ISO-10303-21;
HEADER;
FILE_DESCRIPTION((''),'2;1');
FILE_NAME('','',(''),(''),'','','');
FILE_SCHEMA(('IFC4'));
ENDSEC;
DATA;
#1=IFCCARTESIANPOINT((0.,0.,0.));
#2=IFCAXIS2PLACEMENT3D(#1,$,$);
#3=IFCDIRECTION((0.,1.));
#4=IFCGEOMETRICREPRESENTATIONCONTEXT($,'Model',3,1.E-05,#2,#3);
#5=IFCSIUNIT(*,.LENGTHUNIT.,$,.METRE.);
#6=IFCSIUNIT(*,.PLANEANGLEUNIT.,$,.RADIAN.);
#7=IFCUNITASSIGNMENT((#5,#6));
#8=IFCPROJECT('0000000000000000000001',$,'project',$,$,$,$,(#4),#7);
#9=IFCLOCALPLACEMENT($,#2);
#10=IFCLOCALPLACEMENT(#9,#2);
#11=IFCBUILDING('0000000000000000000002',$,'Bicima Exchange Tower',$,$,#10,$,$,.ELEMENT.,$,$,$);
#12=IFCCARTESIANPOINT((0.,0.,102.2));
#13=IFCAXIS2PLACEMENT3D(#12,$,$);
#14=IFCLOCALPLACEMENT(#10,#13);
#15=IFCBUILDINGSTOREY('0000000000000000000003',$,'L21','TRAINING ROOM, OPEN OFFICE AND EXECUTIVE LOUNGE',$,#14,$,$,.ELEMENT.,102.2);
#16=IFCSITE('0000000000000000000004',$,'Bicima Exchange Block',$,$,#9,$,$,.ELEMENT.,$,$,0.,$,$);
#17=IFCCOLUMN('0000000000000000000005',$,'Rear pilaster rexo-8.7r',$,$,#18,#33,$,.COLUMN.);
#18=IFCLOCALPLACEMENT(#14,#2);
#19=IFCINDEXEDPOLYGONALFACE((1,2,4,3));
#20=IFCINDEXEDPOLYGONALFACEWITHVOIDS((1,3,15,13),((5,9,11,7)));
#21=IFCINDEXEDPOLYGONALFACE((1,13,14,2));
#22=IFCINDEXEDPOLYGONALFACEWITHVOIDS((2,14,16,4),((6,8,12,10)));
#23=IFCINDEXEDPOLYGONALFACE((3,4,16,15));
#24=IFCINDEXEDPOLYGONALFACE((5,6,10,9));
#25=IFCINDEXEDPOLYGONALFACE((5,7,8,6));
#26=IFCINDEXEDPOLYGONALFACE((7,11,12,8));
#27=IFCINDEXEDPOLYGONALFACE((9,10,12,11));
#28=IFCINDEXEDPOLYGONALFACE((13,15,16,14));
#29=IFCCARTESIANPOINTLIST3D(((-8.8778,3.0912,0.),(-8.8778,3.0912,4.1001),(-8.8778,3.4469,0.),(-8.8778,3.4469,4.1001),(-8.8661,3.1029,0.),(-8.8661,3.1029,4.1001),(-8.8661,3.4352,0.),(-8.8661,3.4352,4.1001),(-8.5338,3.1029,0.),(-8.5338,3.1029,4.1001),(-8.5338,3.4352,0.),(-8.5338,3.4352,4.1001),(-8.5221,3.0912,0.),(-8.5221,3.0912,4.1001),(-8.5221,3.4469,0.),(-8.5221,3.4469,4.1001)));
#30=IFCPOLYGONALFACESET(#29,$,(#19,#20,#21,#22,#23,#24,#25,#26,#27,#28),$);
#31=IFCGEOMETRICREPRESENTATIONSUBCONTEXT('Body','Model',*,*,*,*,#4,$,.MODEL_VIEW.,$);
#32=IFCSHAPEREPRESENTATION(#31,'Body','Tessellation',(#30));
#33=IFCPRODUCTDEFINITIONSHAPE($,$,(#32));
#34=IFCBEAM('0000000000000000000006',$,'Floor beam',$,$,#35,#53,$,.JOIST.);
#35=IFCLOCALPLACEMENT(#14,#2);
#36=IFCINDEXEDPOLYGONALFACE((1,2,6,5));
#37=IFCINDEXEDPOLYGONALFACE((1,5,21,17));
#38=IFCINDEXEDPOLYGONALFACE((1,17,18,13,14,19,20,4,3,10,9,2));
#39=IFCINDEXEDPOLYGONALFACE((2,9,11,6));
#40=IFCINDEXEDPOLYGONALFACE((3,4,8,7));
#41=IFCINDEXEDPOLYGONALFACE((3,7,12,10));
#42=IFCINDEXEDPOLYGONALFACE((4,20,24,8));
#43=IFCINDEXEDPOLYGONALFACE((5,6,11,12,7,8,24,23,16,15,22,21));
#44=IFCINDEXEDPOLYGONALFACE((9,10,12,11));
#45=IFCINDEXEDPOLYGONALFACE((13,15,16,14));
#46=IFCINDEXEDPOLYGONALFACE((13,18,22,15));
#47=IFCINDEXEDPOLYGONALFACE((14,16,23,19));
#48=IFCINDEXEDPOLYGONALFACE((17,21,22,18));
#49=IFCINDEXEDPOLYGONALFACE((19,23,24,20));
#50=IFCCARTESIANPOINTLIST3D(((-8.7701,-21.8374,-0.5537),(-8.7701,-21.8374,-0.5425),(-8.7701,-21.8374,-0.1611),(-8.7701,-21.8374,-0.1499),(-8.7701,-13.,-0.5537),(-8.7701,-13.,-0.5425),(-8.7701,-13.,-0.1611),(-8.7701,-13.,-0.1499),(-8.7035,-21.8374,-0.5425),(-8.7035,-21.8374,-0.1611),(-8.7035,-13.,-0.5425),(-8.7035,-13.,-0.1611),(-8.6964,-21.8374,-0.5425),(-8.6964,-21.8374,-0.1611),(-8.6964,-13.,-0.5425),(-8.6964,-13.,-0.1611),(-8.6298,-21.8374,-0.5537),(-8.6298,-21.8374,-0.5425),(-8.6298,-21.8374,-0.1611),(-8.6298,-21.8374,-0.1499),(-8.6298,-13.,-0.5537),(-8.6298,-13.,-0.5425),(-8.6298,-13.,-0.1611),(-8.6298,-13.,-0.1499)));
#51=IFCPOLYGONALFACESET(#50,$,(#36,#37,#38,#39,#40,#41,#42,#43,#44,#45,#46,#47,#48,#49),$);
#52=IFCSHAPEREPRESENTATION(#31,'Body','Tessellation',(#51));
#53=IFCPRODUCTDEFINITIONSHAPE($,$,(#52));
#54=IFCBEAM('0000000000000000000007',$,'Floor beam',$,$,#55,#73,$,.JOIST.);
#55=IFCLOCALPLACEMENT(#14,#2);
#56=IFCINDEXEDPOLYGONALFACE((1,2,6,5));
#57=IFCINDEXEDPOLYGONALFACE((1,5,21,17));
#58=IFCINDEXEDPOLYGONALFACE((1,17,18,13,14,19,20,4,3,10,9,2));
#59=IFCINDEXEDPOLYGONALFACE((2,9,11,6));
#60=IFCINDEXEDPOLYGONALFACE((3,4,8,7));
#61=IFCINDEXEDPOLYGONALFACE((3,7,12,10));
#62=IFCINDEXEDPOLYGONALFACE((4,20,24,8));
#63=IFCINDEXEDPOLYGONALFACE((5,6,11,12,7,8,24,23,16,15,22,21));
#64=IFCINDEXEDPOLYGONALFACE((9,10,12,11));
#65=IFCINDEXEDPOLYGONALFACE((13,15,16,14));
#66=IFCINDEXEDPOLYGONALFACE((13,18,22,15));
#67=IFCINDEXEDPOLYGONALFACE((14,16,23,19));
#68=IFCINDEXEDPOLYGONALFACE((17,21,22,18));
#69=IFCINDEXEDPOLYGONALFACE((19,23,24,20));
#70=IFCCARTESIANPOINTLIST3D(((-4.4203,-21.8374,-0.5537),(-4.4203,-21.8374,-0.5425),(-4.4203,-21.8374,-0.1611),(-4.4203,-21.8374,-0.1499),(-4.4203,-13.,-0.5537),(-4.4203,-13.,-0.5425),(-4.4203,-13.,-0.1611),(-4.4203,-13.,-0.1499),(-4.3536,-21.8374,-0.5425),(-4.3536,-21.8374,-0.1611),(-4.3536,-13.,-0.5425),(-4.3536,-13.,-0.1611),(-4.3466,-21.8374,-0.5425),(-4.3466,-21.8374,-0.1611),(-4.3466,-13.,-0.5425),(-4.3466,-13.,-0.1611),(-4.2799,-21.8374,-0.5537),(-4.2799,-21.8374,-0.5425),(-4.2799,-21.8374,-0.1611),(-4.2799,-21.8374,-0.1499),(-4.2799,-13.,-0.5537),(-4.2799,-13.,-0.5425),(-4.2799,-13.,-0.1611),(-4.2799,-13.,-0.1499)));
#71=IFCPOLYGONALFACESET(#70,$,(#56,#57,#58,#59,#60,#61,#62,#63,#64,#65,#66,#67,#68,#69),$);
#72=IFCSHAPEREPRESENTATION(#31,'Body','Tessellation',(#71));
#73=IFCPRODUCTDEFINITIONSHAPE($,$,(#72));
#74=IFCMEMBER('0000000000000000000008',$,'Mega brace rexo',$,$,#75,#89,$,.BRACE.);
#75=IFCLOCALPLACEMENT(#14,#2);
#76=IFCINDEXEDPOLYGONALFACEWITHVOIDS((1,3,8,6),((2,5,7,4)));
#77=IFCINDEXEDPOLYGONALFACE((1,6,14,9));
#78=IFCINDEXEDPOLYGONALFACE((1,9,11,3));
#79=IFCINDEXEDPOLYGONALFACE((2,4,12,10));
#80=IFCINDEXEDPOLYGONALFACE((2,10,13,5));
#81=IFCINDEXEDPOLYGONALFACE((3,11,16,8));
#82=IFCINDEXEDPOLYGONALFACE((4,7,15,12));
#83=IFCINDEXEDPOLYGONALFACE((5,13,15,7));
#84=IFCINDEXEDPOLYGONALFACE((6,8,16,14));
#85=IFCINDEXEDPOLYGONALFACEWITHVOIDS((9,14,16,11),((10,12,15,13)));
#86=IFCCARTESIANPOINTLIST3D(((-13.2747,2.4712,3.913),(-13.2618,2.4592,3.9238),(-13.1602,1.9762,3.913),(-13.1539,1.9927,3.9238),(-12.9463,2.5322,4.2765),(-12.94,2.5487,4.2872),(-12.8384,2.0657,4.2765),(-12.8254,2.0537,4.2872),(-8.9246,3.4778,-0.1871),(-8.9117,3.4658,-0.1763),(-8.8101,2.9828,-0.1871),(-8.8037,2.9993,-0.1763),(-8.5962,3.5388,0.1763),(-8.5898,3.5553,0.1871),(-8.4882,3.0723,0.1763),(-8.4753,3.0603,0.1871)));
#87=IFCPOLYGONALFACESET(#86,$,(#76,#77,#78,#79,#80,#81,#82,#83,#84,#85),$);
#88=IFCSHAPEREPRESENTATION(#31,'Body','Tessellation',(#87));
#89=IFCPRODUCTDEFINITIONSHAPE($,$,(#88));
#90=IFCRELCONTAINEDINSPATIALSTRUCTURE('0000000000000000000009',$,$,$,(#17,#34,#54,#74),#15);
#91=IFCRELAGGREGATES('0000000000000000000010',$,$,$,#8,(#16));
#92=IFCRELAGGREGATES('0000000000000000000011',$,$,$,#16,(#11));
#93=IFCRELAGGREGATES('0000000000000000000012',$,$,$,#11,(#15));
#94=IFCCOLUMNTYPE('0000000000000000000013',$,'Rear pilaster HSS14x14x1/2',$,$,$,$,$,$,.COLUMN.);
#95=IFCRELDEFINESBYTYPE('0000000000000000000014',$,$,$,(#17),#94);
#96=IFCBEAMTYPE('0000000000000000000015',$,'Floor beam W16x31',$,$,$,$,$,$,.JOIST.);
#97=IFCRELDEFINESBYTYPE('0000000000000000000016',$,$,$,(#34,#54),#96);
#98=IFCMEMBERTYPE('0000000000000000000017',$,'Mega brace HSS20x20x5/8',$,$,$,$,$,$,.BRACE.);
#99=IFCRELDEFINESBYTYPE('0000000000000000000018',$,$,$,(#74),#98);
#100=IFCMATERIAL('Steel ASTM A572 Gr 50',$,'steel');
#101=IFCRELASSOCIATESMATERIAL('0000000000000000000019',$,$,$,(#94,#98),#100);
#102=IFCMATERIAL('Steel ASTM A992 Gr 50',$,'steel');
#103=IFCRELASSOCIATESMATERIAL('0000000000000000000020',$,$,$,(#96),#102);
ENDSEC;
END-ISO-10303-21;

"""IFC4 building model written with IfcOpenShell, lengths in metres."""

from ifc_helpers import new_model, si_unit, direction, frame, origin, origin_2d, place, context, subcontext, project, spatial, hollow_rectangle, i_section, extrude, material, material_profile, profile_set, type_object, element, save


model = new_model("IFC4")

# Units and contexts
model_context = context("Model", 3, precision=1e-05, world=origin(), true_north=direction((0.0, 1.0)))
body_context = subcontext(model_context, "Body", "Model", "MODEL_VIEW")
ifc_project = project(units=[si_unit("LENGTHUNIT", "METRE"), si_unit("PLANEANGLEUNIT", "RADIAN")], contexts=[model_context])

# Site, building, storey
site_placement = place(None, origin())
site = spatial("IfcSite", under=ifc_project, at=site_placement, Name="Bicima Exchange Block", CompositionType="ELEMENT", RefElevation=0.0)
building_placement = place(site_placement, origin())
building = spatial("IfcBuilding", under=site, at=building_placement, Name="Bicima Exchange Tower", CompositionType="ELEMENT")
storey_placement = place(building_placement, frame((0.0, 0.0, 102.2)))
storey = spatial("IfcBuildingStorey", under=building, at=storey_placement, Name="L21", Description="TRAINING ROOM, OPEN OFFICE AND EXECUTIVE LOUNGE", CompositionType="ELEMENT", Elevation=102.2)

# Column
ifc_material_1 = material(Name="Steel ASTM A572 Gr 50", Category="steel")
ifc_material_profile_1 = material_profile(ifc_material_1, hollow_rectangle(XDim=0.3557, YDim=0.3557, WallThickness=0.0117, at=origin_2d()))
ifc_profile_set_1 = profile_set([ifc_material_profile_1], Name="Steel ASTM A572 Gr 50")
column_type = type_object("IfcColumnType", Name="Rear pilaster HSS14x14x1/2", PredefinedType="COLUMN", material=ifc_profile_set_1)
column_placement = place(storey_placement, frame((-8.7, 3.269, 0.0), z_axis=(0.0, 0.0, 1.0), x_axis=(1.0, 0.0, 0.0)))
element("IfcColumn", 1, at=column_placement, inside=storey, type_object=column_type, Name="Rear pilaster rexo-8.7r", PredefinedType="COLUMN", context=body_context, shape_type="SweptSolid", body=[
    extrude(hollow_rectangle(XDim=0.3557, YDim=0.3557, WallThickness=0.0117, at=origin_2d()), origin(), (0.0, 0.0, 1.0), 4.1001),
])

# Beams
ifc_material_2 = material(Name="Steel ASTM A992 Gr 50", Category="steel")
ifc_material_profile_2 = material_profile(ifc_material_2, i_section(OverallWidth=0.1404, OverallDepth=0.4038, WebThickness=0.0071, FlangeThickness=0.0112, at=origin_2d()))
ifc_profile_set_2 = profile_set([ifc_material_profile_2], Name="Steel ASTM A992 Gr 50")
beam_type = type_object("IfcBeamType", Name="Floor beam W16x31", PredefinedType="JOIST", material=ifc_profile_set_2)
for number, where, z_axis, x_axis, name in (
    (2, (-8.7, -13.0, -0.3518), (0.0, -1.0, 0.0), (1.0, 0.0, 0.0), "Floor beam"),
    (3, (-4.3501, -13.0, -0.3518), (0.0, -1.0, 0.0), (1.0, 0.0, 0.0), "Floor beam"),
):
    element("IfcBeam", number, at=place(storey_placement, frame(where, z_axis=z_axis, x_axis=x_axis)), inside=storey, type_object=beam_type, Name=name, PredefinedType="JOIST", context=body_context, shape_type="SweptSolid", body=[
        extrude(i_section(OverallWidth=0.1404, OverallDepth=0.4038, WebThickness=0.0071, FlangeThickness=0.0112, at=origin_2d()), origin(), (0.0, 0.0, 1.0), 8.8374),
    ])

# Member
ifc_material_profile_3 = material_profile(ifc_material_1, hollow_rectangle(XDim=0.5081, YDim=0.5081, WallThickness=0.0146, at=origin_2d()))
ifc_profile_set_3 = profile_set([ifc_material_profile_3], Name="Steel ASTM A572 Gr 50")
member_type = type_object("IfcMemberType", Name="Mega brace HSS20x20x5/8", PredefinedType="BRACE", material=ifc_profile_set_3)
member_placement = place(storey_placement, frame((-8.7, 3.269, 0.0), z_axis=(-0.717606, -0.166051, 0.676365), x_axis=(0.225439, -0.974257, 0.0)))
element("IfcMember", 4, at=member_placement, inside=storey, type_object=member_type, Name="Mega brace rexo", PredefinedType="BRACE", context=body_context, shape_type="SweptSolid", body=[
    extrude(hollow_rectangle(XDim=0.5081, YDim=0.5081, WallThickness=0.0146, at=origin_2d()), origin(), (0.0, 0.0, 1.0), 6.062),
])

save(model, "model.ifc")
